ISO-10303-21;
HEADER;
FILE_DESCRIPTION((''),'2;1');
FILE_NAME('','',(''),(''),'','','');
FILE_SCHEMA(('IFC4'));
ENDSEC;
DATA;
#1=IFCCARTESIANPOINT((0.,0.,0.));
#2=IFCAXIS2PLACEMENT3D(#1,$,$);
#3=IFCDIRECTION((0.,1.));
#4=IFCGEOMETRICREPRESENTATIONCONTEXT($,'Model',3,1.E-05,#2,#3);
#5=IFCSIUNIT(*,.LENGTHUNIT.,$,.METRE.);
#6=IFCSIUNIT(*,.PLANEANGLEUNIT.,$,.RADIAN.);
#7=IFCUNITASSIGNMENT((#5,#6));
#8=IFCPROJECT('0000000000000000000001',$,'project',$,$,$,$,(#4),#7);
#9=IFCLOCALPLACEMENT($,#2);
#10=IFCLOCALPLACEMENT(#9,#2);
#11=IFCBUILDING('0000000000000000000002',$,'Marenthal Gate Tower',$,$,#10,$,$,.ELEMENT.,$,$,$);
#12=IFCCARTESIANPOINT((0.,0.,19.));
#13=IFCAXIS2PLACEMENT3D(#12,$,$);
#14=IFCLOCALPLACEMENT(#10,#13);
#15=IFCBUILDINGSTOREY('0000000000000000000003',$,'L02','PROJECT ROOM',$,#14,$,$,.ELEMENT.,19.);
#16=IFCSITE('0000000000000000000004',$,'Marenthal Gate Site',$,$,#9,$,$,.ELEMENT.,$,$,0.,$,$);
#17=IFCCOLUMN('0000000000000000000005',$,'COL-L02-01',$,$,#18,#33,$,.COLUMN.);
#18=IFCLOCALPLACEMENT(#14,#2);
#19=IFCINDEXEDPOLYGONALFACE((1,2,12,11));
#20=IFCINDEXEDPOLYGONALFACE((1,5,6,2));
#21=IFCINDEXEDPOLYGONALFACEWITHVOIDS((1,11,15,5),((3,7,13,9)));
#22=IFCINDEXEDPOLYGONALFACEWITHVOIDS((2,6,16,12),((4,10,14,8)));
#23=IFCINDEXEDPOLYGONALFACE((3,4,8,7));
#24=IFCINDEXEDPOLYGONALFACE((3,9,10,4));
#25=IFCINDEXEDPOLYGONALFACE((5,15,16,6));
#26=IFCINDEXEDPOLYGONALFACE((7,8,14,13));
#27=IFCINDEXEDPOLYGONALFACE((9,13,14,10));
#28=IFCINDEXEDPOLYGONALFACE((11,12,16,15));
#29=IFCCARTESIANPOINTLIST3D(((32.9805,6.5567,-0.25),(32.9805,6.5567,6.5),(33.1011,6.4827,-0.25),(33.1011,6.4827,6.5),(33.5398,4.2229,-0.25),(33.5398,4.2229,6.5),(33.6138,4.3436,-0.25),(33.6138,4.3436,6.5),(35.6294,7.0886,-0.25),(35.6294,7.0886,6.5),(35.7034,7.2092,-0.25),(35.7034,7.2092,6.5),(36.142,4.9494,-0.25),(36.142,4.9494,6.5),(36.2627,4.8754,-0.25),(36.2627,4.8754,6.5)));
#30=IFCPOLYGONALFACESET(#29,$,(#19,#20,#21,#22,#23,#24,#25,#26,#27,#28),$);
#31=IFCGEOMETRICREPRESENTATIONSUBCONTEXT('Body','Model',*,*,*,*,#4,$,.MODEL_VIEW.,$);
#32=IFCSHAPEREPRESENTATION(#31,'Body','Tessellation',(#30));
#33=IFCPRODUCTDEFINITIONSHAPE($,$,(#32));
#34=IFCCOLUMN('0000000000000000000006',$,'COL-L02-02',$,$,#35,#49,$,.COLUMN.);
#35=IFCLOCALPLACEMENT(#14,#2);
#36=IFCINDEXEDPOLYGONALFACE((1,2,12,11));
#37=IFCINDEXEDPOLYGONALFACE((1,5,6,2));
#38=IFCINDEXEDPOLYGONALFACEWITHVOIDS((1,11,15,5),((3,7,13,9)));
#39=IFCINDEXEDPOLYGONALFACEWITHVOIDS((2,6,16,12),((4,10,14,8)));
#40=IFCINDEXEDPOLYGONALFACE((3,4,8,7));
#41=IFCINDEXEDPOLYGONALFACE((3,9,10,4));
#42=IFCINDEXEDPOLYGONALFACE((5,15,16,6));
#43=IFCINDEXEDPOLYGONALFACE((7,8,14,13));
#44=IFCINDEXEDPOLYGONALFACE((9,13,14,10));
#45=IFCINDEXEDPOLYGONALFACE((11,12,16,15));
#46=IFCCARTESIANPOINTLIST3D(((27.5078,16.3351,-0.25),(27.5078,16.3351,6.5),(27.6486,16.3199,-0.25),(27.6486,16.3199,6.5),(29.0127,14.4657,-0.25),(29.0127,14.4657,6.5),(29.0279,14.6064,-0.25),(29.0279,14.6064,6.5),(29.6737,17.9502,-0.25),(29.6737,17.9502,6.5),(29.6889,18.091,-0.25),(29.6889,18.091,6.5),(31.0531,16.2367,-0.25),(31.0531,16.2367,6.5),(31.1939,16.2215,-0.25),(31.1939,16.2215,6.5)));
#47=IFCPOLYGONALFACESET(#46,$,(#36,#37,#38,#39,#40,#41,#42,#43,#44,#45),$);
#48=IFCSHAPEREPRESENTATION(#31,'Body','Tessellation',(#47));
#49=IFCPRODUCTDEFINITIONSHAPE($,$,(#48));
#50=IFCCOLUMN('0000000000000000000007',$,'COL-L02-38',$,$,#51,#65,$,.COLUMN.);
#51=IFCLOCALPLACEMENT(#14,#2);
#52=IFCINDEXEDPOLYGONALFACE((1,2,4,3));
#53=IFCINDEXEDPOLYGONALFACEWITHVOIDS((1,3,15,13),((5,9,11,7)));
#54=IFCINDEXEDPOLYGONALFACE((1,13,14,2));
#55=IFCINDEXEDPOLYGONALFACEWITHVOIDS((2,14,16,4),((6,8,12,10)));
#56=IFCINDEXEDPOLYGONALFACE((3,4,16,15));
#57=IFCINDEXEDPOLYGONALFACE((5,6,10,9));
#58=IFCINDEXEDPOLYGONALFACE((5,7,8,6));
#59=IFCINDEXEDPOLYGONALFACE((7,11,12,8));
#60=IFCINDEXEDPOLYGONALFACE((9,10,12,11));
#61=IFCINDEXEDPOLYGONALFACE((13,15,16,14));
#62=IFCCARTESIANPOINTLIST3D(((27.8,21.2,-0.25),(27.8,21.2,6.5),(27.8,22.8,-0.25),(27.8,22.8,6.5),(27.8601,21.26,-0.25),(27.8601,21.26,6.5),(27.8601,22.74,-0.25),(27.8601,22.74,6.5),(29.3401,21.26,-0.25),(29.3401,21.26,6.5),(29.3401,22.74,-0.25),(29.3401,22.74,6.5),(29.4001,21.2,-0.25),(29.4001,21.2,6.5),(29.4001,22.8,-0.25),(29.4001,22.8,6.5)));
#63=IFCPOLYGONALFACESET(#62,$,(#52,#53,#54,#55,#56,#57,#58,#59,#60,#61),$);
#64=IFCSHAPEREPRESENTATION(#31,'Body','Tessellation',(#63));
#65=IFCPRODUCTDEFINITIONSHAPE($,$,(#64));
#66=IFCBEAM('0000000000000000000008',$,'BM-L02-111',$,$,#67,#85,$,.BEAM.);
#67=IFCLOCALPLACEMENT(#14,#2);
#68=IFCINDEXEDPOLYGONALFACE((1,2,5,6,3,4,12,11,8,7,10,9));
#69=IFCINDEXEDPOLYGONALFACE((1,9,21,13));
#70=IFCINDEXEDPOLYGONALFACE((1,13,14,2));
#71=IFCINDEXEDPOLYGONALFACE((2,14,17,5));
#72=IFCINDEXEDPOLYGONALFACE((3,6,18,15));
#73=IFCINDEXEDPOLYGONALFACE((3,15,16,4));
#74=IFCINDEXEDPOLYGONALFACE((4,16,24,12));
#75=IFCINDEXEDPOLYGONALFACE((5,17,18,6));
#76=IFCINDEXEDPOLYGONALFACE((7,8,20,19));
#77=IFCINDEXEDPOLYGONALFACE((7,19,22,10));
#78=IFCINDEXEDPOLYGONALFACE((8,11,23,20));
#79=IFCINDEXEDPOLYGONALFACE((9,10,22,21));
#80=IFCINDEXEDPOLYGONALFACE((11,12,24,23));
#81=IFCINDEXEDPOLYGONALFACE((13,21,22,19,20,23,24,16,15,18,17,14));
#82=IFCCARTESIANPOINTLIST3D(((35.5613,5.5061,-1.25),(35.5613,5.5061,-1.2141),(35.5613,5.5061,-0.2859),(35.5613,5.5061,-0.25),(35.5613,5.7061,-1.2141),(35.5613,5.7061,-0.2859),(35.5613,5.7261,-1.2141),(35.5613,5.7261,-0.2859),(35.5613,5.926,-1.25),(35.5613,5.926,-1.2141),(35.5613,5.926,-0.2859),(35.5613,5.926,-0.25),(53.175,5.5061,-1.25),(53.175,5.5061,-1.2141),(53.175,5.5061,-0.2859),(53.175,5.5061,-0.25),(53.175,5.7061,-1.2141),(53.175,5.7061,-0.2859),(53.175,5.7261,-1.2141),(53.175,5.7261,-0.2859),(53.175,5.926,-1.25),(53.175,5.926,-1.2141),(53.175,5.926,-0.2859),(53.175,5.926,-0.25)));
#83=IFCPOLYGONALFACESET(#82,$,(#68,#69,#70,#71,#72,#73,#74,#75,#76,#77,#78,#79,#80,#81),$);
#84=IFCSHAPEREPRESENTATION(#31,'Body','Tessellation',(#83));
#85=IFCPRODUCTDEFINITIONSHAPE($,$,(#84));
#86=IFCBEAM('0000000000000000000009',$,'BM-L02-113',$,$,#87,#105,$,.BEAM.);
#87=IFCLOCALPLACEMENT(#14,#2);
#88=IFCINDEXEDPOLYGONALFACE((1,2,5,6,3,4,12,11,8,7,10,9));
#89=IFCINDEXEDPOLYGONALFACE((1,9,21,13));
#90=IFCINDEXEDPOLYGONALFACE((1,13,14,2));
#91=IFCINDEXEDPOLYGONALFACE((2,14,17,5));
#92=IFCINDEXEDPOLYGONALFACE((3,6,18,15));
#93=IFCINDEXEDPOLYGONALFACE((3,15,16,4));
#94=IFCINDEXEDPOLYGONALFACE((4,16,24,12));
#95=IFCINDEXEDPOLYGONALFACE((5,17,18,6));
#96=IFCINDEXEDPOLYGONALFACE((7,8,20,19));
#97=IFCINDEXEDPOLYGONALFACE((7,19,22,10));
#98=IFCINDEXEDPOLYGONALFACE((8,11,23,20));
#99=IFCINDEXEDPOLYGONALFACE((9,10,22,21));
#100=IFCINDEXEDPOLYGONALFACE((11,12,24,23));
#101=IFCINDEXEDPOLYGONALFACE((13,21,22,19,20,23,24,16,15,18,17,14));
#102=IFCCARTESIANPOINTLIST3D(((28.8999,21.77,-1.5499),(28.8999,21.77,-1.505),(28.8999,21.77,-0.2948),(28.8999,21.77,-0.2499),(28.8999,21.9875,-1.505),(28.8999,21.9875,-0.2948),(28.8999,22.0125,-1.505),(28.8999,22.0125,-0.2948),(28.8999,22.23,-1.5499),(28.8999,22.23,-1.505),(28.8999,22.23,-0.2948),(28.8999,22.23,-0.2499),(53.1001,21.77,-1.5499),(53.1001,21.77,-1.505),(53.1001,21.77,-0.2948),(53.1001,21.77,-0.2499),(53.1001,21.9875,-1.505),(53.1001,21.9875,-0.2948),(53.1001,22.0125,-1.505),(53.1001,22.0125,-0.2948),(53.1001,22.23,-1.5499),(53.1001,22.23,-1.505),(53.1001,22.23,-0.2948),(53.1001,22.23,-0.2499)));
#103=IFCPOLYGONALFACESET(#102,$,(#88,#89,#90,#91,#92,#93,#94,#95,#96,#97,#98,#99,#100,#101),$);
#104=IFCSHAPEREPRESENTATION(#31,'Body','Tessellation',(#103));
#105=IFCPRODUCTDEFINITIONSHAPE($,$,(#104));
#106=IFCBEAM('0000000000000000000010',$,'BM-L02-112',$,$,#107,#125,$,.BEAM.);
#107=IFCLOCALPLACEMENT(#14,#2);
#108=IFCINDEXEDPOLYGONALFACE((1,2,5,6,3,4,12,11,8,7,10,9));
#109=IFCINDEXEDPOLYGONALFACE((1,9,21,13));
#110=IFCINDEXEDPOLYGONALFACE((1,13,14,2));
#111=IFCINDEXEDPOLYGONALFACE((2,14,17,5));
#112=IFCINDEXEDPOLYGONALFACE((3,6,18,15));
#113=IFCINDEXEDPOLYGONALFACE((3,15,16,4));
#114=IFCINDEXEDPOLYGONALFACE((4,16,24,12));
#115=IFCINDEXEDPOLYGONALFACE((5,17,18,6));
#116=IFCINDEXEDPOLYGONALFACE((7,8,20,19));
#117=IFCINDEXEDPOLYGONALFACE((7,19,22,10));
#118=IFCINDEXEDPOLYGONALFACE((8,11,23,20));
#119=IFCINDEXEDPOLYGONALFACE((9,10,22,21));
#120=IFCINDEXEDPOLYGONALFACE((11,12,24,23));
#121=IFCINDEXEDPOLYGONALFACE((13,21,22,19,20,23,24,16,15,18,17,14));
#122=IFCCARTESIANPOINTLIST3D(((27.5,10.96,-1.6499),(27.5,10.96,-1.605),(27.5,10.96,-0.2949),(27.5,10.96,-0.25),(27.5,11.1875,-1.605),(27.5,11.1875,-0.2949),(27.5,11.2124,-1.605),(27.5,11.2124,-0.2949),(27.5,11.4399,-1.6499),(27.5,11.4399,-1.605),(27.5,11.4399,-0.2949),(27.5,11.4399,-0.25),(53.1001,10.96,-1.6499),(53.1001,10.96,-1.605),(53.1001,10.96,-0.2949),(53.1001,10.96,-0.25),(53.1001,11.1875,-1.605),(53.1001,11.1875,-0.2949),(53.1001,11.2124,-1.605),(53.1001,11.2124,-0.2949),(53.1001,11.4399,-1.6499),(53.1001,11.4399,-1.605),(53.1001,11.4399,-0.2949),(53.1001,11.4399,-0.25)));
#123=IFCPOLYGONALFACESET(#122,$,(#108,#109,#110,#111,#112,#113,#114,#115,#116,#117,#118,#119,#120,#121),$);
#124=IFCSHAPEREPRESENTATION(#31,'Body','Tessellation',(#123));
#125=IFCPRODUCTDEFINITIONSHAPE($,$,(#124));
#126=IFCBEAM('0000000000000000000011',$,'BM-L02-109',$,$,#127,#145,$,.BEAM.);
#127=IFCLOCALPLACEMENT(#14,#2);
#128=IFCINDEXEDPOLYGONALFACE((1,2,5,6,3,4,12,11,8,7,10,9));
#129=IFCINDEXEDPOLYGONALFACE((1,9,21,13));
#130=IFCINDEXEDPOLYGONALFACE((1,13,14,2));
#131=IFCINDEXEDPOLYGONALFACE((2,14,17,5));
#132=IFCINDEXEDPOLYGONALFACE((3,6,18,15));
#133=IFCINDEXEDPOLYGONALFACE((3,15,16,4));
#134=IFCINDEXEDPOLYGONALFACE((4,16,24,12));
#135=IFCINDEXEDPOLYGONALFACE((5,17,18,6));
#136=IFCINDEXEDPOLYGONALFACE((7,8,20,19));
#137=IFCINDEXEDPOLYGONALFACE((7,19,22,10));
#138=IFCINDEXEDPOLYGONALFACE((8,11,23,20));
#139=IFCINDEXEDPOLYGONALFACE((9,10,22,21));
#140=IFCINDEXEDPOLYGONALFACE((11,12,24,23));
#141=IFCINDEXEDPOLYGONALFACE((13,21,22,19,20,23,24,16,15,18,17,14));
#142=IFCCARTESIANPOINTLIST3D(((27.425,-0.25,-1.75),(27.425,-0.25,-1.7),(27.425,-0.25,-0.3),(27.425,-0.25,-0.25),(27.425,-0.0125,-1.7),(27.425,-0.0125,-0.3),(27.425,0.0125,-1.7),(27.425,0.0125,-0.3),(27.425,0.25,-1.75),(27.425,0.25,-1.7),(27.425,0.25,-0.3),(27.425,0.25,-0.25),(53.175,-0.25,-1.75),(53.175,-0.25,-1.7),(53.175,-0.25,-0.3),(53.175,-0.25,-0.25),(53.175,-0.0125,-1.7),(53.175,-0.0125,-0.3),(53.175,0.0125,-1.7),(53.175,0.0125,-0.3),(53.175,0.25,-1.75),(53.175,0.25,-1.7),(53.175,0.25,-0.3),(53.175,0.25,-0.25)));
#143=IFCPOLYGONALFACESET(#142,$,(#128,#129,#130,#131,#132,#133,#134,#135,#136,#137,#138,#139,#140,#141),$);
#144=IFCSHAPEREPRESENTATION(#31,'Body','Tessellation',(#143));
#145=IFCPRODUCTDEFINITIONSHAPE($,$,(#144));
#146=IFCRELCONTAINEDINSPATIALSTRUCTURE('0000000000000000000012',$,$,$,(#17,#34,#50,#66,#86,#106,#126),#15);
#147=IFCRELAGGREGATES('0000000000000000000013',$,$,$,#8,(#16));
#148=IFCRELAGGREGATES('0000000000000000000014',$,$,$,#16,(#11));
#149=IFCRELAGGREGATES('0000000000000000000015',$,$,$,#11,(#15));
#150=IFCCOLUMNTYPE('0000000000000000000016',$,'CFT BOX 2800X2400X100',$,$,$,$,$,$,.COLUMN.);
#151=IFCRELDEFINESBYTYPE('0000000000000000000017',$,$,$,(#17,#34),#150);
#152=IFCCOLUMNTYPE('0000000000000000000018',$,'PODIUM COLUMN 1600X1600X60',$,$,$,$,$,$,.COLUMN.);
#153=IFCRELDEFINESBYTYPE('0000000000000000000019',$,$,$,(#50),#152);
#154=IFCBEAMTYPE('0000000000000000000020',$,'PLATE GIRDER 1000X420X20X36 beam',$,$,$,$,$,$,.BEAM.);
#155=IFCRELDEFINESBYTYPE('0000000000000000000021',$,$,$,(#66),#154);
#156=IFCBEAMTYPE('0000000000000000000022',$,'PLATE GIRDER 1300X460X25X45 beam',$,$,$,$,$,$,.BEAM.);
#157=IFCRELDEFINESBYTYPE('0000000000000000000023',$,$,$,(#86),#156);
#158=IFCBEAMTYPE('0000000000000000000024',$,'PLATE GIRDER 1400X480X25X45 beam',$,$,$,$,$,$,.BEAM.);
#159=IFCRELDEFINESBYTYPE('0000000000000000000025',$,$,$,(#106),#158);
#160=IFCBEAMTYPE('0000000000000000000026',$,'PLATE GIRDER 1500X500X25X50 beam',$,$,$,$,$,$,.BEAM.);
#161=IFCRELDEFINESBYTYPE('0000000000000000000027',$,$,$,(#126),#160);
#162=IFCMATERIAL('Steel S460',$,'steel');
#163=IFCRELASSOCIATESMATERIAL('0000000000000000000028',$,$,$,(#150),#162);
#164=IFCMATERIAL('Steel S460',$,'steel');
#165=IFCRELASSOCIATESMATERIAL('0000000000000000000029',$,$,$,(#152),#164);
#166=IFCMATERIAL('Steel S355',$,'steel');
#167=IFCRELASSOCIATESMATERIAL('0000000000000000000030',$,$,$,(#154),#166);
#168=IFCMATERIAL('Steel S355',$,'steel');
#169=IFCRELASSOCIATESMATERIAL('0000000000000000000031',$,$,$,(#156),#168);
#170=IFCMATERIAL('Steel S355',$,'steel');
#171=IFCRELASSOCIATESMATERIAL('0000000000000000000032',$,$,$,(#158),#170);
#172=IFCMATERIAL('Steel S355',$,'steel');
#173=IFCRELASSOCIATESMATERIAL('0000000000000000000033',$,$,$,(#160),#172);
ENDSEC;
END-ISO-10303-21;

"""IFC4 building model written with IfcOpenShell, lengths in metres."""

from ifc_helpers import new_model, si_unit, direction, frame, origin, origin_2d, place, context, subcontext, project, spatial, rectangle, hollow_rectangle, i_section, extrude, material, material_profile, profile_set, type_object, element, save


model = new_model("IFC4")

# Units and contexts
model_context = context("Model", 3, precision=1e-05, world=origin(), true_north=direction((0.0, 1.0)))
body_context = subcontext(model_context, "Body", "Model", "MODEL_VIEW")
ifc_project = project(units=[si_unit("LENGTHUNIT", "METRE"), si_unit("PLANEANGLEUNIT", "RADIAN")], contexts=[model_context])

# Site, building, storey
site_placement = place(None, origin())
site = spatial("IfcSite", under=ifc_project, at=site_placement, Name="Marenthal Gate Site", CompositionType="ELEMENT", RefElevation=0.0)
building_placement = place(site_placement, origin())
building = spatial("IfcBuilding", under=site, at=building_placement, Name="Marenthal Gate Tower", CompositionType="ELEMENT")
storey_placement = place(building_placement, frame((0.0, 0.0, 19.0)))
storey = spatial("IfcBuildingStorey", under=building, at=storey_placement, Name="L02", Description="PROJECT ROOM", CompositionType="ELEMENT", Elevation=19.0)

# Columns
ifc_material_1 = material(Name="Steel S460", Category="steel")
ifc_material_profile_1 = material_profile(ifc_material_1, hollow_rectangle(XDim=2.3999, YDim=2.8, WallThickness=0.1001, at=origin_2d()), Name="CFT BOX 2800X2400X100")
ifc_material_2 = material(Name="Concrete 70 MPa", Category="concrete")
ifc_material_profile_2 = material_profile(ifc_material_2, rectangle(XDim=2.2, YDim=2.6001, at=origin_2d()), Name="CFT BOX 2800X2400X100 INFILL")
ifc_profile_set_1 = profile_set([ifc_material_profile_1, ifc_material_profile_2], Name="Steel S460 shell, Concrete 70 MPa infill")
column_type_1 = type_object("IfcColumnType", Name="CFT BOX 2800X2400X100", PredefinedType="COLUMN", material=ifc_profile_set_1)
for number, where, z_axis, x_axis, name in (
    (1, (34.6216, 5.7161, -0.25), (0.0, 0.0, 1.0), (0.233047, -0.972466, 0.0), "COL-L02-01"),
    (2, (29.3508, 16.2783, -0.25), (0.0, 0.0, 1.0), (0.62707, -0.778963, 0.0), "COL-L02-02"),
):
    element("IfcColumn", number, at=place(storey_placement, frame(where, z_axis=z_axis, x_axis=x_axis)), inside=storey, type_object=column_type_1, Name=name, PredefinedType="COLUMN", context=body_context, shape_type="SweptSolid", body=[
        extrude(hollow_rectangle(XDim=2.3999, YDim=2.8, WallThickness=0.1001, at=origin_2d()), origin(), (0.0, 0.0, 1.0), 6.75),
    ])
ifc_material_3 = material(Name="Steel S460", Category="steel")
ifc_material_profile_3 = material_profile(ifc_material_3, hollow_rectangle(XDim=1.6001, YDim=1.6001, WallThickness=0.0601, at=origin_2d()), Name="CFT BOX 1600X1600X60")
ifc_material_4 = material(Name="Concrete 70 MPa", Category="concrete")
ifc_material_profile_4 = material_profile(ifc_material_4, rectangle(XDim=1.48, YDim=1.48, at=origin_2d()), Name="CFT BOX 1600X1600X60 INFILL")
ifc_profile_set_2 = profile_set([ifc_material_profile_3, ifc_material_profile_4], Name="Steel S460 shell, Concrete 70 MPa infill")
column_type_2 = type_object("IfcColumnType", Name="PODIUM COLUMN 1600X1600X60", PredefinedType="COLUMN", material=ifc_profile_set_2)
column_placement = place(storey_placement, frame((28.6001, 22.0, -0.25), z_axis=(0.0, 0.0, 1.0), x_axis=(1.0, 0.0, 0.0)))
element("IfcColumn", 3, at=column_placement, inside=storey, type_object=column_type_2, Name="COL-L02-38", PredefinedType="COLUMN", context=body_context, shape_type="SweptSolid", body=[
    extrude(hollow_rectangle(XDim=1.6001, YDim=1.6001, WallThickness=0.0601, at=origin_2d()), origin(), (0.0, 0.0, 1.0), 6.75),
])

# Beams
ifc_material_5 = material(Name="Steel S355", Category="steel")
ifc_material_profile_5 = material_profile(ifc_material_5, i_section(OverallWidth=0.4199, OverallDepth=1.0, WebThickness=0.02, FlangeThickness=0.0359, at=origin_2d()), Name="PLATE GIRDER 1000X420X20X36")
ifc_profile_set_3 = profile_set([ifc_material_profile_5], Name="Steel S355")
beam_type_1 = type_object("IfcBeamType", Name="PLATE GIRDER 1000X420X20X36 beam", PredefinedType="BEAM", material=ifc_profile_set_3)
beam_1_placement = place(storey_placement, frame((35.5613, 5.7161, -0.75), z_axis=(1.0, 0.0, 0.0), x_axis=(0.0, 1.0, 0.0)))
element("IfcBeam", 4, at=beam_1_placement, inside=storey, type_object=beam_type_1, Name="BM-L02-111", PredefinedType="BEAM", context=body_context, shape_type="SweptSolid", body=[
    extrude(i_section(OverallWidth=0.4199, OverallDepth=1.0, WebThickness=0.02, FlangeThickness=0.0359, at=origin_2d()), origin(), (0.0, 0.0, 1.0), 17.6138),
])
ifc_material_6 = material(Name="Steel S355", Category="steel")
ifc_material_profile_6 = material_profile(ifc_material_6, i_section(OverallWidth=0.46, OverallDepth=1.3, WebThickness=0.0249, FlangeThickness=0.0449, at=origin_2d()), Name="PLATE GIRDER 1300X460X25X45")
ifc_profile_set_4 = profile_set([ifc_material_profile_6], Name="Steel S355")
beam_type_2 = type_object("IfcBeamType", Name="PLATE GIRDER 1300X460X25X45 beam", PredefinedType="BEAM", material=ifc_profile_set_4)
beam_2_placement = place(storey_placement, frame((28.8999, 22.0, -0.8999), z_axis=(1.0, 0.0, 0.0), x_axis=(0.0, 1.0, 0.0)))
element("IfcBeam", 5, at=beam_2_placement, inside=storey, type_object=beam_type_2, Name="BM-L02-113", PredefinedType="BEAM", context=body_context, shape_type="SweptSolid", body=[
    extrude(i_section(OverallWidth=0.46, OverallDepth=1.3, WebThickness=0.0249, FlangeThickness=0.0449, at=origin_2d()), origin(), (0.0, 0.0, 1.0), 24.2002),
])
ifc_material_7 = material(Name="Steel S355", Category="steel")
ifc_material_profile_7 = material_profile(ifc_material_7, i_section(OverallWidth=0.48, OverallDepth=1.3999, WebThickness=0.0249, FlangeThickness=0.0449, at=origin_2d()), Name="PLATE GIRDER 1400X480X25X45")
ifc_profile_set_5 = profile_set([ifc_material_profile_7], Name="Steel S355")
beam_type_3 = type_object("IfcBeamType", Name="PLATE GIRDER 1400X480X25X45 beam", PredefinedType="BEAM", material=ifc_profile_set_5)
beam_3_placement = place(storey_placement, frame((27.5, 11.2, -0.95), z_axis=(1.0, 0.0, 0.0), x_axis=(0.0, 1.0, 0.0)))
element("IfcBeam", 6, at=beam_3_placement, inside=storey, type_object=beam_type_3, Name="BM-L02-112", PredefinedType="BEAM", context=body_context, shape_type="SweptSolid", body=[
    extrude(i_section(OverallWidth=0.48, OverallDepth=1.3999, WebThickness=0.0249, FlangeThickness=0.0449, at=origin_2d()), origin(), (0.0, 0.0, 1.0), 25.6001),
])
ifc_material_8 = material(Name="Steel S355", Category="steel")
ifc_material_profile_8 = material_profile(ifc_material_8, i_section(OverallWidth=0.5, OverallDepth=1.5, WebThickness=0.0249, FlangeThickness=0.05, at=origin_2d()), Name="PLATE GIRDER 1500X500X25X50")
ifc_profile_set_6 = profile_set([ifc_material_profile_8], Name="Steel S355")
beam_type_4 = type_object("IfcBeamType", Name="PLATE GIRDER 1500X500X25X50 beam", PredefinedType="BEAM", material=ifc_profile_set_6)
beam_4_placement = place(storey_placement, frame((27.425, 0.0, -1.0), z_axis=(1.0, 0.0, 0.0), x_axis=(0.0, 1.0, 0.0)))
element("IfcBeam", 7, at=beam_4_placement, inside=storey, type_object=beam_type_4, Name="BM-L02-109", PredefinedType="BEAM", context=body_context, shape_type="SweptSolid", body=[
    extrude(i_section(OverallWidth=0.5, OverallDepth=1.5, WebThickness=0.0249, FlangeThickness=0.05, at=origin_2d()), origin(), (0.0, 0.0, 1.0), 25.75),
])

save(model, "model.ifc")
